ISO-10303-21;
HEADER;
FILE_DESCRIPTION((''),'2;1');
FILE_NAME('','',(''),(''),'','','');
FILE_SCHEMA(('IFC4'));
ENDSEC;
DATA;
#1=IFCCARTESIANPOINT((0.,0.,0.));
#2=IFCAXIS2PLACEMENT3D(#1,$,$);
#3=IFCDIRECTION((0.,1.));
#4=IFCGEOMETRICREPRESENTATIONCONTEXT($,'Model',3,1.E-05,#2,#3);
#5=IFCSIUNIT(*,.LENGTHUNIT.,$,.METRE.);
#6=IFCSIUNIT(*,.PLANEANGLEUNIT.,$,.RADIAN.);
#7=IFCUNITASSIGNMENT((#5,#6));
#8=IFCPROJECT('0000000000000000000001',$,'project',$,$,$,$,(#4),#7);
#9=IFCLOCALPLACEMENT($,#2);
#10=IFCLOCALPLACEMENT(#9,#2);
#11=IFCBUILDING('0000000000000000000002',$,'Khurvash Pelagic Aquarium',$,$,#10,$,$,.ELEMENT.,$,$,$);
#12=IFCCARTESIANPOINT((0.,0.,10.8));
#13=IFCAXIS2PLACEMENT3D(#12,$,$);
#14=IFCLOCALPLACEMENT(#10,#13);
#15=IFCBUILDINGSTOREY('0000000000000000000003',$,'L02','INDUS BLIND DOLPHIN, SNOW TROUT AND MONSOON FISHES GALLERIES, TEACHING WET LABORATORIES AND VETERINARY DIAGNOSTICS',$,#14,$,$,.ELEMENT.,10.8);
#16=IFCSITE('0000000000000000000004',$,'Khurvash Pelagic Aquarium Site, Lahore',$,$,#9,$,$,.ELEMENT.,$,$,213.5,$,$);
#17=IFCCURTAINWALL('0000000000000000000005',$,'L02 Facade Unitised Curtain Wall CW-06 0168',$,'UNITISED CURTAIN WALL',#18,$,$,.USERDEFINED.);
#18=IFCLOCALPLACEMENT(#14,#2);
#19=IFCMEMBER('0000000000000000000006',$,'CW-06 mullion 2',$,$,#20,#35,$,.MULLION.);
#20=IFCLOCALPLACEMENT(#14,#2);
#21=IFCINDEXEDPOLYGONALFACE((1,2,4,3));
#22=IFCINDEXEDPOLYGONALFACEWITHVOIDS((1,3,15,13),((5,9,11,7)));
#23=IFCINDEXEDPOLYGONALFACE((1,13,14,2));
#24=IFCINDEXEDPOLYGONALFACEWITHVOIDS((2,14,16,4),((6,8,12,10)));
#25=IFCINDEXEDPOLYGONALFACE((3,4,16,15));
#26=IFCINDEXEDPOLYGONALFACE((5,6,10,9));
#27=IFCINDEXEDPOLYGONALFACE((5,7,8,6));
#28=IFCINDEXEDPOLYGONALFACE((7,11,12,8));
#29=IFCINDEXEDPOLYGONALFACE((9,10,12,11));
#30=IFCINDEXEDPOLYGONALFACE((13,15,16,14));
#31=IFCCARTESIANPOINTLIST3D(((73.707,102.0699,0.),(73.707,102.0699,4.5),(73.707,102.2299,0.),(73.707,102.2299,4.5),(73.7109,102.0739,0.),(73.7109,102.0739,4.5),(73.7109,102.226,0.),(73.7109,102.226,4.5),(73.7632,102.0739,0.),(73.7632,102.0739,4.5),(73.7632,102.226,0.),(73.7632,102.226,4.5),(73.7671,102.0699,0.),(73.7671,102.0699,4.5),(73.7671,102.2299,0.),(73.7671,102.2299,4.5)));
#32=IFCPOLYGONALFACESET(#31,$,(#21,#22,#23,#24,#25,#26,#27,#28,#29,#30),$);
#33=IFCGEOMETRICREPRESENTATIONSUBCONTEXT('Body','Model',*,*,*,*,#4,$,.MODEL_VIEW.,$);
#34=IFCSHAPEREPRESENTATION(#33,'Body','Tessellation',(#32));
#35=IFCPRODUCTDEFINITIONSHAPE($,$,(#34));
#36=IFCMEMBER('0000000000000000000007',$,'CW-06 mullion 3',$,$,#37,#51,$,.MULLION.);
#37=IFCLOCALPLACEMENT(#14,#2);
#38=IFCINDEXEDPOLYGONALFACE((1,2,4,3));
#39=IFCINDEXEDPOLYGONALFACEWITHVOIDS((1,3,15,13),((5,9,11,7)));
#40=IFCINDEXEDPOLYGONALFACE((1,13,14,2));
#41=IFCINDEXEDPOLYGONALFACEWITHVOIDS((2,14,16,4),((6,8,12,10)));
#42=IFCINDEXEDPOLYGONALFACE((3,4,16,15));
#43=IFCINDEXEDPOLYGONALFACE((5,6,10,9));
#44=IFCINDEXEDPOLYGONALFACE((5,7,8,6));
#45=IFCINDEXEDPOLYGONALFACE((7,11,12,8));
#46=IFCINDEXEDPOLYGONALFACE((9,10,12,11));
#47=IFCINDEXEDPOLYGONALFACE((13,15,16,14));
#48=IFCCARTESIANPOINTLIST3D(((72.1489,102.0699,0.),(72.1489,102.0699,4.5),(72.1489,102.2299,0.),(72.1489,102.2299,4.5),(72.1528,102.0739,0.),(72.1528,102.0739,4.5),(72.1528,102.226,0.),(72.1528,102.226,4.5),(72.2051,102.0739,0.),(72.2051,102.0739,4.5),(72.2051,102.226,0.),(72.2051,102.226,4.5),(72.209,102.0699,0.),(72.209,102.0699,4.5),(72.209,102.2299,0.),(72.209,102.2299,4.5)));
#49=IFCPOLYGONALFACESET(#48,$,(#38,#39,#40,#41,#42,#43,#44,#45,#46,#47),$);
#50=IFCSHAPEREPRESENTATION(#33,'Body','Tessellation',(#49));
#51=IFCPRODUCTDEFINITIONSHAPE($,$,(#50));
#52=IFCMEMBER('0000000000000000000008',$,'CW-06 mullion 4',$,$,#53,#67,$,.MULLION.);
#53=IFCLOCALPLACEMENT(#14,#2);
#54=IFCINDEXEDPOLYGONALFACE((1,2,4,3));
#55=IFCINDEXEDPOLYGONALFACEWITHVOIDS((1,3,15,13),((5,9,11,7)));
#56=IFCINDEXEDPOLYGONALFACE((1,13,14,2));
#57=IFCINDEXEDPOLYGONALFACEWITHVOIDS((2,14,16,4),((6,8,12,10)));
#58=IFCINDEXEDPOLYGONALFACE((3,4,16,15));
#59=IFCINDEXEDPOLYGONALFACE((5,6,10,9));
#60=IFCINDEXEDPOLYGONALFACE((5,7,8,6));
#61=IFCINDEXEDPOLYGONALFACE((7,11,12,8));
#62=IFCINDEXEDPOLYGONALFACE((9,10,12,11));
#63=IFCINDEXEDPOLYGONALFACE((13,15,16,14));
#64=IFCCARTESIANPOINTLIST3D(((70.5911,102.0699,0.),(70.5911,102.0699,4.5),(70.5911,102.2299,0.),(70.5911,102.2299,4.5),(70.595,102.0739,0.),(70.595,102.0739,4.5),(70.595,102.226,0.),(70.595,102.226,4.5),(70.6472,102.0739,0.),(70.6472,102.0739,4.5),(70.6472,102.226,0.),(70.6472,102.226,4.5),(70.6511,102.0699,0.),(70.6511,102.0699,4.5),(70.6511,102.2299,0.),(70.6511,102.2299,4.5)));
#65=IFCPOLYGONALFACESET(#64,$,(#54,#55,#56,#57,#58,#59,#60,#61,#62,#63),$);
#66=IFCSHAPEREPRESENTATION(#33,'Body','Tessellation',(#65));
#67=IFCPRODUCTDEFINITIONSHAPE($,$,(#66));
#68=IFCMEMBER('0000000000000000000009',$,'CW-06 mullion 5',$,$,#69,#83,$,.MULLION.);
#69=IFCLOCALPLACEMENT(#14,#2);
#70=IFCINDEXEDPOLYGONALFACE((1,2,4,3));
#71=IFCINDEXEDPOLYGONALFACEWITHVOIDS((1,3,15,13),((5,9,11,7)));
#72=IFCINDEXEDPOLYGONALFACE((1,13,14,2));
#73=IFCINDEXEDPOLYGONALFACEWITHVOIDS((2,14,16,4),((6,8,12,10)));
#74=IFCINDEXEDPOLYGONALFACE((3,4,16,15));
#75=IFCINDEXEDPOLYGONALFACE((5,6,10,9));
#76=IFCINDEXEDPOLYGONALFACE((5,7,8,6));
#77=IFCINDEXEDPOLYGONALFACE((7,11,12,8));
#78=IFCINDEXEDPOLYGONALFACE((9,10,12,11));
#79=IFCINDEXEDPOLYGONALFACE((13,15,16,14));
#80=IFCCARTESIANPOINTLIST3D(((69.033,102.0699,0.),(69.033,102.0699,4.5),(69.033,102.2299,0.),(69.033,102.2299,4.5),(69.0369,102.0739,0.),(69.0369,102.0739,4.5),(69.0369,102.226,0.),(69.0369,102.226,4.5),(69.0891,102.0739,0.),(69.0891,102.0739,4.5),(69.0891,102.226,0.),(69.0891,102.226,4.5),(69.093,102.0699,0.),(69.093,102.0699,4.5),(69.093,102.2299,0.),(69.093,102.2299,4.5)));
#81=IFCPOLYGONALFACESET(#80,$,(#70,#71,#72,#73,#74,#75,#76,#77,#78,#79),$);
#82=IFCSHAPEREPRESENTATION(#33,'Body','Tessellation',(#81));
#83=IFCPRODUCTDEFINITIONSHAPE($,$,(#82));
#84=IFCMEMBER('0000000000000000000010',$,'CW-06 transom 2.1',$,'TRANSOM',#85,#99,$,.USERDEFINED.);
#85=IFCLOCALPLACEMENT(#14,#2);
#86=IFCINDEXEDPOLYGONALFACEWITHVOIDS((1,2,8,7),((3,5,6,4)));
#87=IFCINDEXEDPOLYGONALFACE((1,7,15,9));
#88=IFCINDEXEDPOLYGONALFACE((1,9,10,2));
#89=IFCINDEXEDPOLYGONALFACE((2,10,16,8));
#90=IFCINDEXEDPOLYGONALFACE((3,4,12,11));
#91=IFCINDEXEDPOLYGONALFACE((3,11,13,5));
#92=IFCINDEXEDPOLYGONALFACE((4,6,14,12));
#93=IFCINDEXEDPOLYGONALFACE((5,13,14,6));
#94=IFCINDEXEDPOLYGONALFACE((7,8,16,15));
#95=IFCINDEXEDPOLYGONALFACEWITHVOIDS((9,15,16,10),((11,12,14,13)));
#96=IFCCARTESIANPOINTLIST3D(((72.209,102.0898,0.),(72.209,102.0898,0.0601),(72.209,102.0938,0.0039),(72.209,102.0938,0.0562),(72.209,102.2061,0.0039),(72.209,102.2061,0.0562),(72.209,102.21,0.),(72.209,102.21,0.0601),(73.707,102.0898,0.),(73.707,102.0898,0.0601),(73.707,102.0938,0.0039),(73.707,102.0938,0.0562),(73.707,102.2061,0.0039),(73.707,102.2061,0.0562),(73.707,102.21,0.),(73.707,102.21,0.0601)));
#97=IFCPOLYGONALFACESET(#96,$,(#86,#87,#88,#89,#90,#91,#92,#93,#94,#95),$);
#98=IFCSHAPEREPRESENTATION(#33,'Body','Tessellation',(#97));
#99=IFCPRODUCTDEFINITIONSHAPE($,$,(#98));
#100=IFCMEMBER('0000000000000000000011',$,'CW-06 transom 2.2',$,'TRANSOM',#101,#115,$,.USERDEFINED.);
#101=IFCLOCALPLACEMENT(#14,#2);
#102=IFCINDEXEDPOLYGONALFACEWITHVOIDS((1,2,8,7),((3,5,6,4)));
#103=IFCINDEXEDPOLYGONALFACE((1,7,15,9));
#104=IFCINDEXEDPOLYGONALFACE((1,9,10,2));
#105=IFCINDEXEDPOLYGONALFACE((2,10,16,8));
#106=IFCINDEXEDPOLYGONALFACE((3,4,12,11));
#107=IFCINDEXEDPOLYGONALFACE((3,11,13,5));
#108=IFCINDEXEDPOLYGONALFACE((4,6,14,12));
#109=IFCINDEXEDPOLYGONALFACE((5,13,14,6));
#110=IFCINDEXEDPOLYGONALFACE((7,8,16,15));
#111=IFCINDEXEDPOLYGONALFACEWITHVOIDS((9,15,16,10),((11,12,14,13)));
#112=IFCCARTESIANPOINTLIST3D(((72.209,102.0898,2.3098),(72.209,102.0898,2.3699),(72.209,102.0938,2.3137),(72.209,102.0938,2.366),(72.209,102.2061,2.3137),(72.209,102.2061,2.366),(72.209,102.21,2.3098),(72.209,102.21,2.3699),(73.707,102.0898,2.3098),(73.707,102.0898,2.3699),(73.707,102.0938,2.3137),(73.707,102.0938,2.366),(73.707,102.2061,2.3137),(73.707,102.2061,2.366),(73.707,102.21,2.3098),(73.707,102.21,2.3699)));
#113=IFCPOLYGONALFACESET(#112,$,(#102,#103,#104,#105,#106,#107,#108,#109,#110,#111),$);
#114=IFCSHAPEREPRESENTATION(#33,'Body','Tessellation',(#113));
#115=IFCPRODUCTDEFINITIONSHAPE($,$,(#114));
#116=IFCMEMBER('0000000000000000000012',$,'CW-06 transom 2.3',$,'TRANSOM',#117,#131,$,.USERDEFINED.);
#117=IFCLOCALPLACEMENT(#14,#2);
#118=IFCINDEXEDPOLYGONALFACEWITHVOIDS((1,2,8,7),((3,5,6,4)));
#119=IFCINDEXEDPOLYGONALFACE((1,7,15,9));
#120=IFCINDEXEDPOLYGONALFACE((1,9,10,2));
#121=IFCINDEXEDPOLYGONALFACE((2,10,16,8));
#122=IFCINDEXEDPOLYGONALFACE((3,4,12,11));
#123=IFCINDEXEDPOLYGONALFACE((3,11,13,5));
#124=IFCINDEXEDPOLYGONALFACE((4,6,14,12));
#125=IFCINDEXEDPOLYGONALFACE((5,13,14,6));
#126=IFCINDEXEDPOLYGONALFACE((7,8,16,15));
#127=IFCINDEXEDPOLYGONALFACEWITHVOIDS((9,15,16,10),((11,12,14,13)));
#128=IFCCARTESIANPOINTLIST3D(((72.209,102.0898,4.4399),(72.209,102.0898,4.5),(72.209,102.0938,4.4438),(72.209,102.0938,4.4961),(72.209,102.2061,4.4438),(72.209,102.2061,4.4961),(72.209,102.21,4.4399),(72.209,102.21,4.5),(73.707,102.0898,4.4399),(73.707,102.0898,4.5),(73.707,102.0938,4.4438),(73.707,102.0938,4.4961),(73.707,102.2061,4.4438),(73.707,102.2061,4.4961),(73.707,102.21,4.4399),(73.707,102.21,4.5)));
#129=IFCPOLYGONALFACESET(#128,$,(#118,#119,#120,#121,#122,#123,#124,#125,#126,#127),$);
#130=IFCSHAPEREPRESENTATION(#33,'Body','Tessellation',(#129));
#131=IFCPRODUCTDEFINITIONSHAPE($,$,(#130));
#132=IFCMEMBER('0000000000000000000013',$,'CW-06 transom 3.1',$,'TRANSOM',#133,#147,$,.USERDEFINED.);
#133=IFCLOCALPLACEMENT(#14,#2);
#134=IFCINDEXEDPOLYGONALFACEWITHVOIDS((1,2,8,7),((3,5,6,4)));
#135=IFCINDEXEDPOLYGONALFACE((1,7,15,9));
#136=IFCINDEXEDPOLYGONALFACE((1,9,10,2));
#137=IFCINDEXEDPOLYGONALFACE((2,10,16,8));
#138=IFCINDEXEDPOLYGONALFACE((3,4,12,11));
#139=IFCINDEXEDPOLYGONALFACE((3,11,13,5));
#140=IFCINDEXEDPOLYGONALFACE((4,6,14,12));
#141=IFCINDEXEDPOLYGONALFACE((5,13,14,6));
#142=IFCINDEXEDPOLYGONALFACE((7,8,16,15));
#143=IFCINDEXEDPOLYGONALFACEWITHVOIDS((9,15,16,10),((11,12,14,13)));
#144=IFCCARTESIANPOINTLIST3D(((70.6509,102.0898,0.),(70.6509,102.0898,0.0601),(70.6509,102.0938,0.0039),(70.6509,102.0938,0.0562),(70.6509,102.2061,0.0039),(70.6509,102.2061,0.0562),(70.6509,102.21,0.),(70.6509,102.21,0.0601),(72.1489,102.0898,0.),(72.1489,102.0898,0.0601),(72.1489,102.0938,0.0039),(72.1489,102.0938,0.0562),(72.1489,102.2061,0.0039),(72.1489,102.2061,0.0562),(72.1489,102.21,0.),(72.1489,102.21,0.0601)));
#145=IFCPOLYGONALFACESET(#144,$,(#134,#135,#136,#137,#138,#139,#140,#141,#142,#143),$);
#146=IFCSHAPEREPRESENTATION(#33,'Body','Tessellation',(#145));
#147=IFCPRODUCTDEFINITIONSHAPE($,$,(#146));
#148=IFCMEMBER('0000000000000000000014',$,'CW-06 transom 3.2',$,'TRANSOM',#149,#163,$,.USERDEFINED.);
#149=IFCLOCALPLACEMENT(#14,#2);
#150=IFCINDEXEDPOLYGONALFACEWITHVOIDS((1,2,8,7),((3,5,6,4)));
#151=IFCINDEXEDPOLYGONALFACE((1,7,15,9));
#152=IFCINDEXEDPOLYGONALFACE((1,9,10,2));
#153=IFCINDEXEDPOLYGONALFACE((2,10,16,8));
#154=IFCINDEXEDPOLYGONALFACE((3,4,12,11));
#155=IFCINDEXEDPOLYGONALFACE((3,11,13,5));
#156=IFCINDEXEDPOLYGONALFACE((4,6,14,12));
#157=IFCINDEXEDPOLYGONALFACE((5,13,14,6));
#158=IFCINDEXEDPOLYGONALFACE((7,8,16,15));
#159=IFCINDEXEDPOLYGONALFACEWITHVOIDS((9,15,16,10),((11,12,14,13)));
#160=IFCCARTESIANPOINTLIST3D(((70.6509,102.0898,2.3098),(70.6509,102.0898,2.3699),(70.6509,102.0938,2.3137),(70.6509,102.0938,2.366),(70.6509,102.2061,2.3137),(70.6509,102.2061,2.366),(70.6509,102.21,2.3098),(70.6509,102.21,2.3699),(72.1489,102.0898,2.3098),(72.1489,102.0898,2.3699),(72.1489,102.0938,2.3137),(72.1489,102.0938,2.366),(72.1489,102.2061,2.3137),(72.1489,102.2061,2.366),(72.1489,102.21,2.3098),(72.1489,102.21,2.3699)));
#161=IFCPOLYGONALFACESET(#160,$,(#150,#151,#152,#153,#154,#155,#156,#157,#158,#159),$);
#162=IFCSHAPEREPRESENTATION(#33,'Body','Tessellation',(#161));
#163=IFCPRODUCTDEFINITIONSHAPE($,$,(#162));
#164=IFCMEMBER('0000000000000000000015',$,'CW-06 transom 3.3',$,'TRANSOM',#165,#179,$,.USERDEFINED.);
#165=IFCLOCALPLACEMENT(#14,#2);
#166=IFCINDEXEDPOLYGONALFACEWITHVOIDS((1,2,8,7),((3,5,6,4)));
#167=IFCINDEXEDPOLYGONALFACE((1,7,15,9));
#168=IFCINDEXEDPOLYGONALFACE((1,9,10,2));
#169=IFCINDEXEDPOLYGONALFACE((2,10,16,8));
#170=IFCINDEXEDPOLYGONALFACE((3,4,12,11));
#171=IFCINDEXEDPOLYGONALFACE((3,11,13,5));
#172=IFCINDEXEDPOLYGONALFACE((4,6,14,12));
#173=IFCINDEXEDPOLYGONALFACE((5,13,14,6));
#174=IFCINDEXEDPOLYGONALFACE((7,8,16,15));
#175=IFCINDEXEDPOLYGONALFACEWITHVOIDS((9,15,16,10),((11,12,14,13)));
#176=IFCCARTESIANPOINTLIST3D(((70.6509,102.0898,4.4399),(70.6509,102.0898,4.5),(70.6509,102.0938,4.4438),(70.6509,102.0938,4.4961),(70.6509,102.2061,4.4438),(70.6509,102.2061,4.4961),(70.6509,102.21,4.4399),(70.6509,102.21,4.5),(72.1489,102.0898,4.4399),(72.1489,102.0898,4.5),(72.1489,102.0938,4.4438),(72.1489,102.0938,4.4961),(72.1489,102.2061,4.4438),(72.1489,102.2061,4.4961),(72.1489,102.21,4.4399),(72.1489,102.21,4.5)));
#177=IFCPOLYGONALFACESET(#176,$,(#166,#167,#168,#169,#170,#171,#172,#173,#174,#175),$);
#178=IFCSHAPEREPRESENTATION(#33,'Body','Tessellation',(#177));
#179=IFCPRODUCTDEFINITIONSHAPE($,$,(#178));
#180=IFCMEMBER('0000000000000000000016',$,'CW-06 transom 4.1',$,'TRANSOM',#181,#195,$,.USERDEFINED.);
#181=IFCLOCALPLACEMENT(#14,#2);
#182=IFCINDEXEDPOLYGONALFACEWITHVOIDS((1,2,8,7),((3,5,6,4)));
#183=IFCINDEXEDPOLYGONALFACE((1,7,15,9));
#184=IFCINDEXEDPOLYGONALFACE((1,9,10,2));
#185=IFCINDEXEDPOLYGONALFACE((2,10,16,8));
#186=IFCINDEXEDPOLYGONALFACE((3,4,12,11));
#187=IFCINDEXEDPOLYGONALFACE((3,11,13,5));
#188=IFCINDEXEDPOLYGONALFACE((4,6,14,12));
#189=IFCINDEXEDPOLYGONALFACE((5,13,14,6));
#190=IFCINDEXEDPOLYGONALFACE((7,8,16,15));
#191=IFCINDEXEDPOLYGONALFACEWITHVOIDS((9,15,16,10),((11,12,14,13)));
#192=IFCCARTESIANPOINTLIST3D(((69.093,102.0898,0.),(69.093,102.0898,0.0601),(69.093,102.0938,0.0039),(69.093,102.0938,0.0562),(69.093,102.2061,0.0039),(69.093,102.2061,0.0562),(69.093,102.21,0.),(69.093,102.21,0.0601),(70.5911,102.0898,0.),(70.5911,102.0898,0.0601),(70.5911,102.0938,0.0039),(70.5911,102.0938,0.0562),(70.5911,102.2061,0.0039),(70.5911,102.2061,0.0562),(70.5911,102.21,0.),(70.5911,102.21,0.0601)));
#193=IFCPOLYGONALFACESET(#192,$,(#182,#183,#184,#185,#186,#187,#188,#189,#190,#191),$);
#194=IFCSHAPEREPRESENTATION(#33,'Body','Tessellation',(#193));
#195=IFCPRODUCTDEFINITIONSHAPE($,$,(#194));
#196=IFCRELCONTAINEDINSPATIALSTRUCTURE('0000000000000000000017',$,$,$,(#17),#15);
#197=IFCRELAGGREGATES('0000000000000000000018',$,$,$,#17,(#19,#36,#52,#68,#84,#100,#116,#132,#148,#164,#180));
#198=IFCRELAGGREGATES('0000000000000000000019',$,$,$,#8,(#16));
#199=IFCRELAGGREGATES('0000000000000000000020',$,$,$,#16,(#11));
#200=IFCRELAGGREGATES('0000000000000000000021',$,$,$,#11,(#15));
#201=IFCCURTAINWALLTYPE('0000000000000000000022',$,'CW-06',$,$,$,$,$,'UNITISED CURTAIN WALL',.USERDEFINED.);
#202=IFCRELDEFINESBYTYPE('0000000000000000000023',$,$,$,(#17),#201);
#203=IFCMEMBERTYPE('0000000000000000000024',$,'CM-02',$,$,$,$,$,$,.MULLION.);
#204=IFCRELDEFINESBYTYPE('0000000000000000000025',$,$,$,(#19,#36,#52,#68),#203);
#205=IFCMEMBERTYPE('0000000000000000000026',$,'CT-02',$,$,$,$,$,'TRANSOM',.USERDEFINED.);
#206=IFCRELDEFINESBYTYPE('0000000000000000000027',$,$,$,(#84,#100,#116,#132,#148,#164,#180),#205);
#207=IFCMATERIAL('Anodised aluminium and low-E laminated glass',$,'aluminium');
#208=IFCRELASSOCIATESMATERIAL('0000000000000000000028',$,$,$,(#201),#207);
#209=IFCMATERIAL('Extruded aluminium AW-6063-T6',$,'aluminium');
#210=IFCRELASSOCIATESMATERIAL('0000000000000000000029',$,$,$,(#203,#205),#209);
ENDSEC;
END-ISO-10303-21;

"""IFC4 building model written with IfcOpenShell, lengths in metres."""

from ifc_helpers import new_model, si_unit, direction, frame, origin, origin_2d, place, context, subcontext, project, spatial, hollow_rectangle, extrude, material, material_profile, profile_set, type_object, element, aggregate, save


model = new_model("IFC4")

# Units and contexts
model_context = context("Model", 3, precision=1e-05, world=origin(), true_north=direction((0.0, 1.0)))
body_context = subcontext(model_context, "Body", "Model", "MODEL_VIEW")
ifc_project = project(units=[si_unit("LENGTHUNIT", "METRE"), si_unit("PLANEANGLEUNIT", "RADIAN")], contexts=[model_context])

# Site, building, storey
site_placement = place(None, origin())
site = spatial("IfcSite", under=ifc_project, at=site_placement, Name="Khurvash Pelagic Aquarium Site, Lahore", CompositionType="ELEMENT", RefElevation=213.5)
building_placement = place(site_placement, origin())
building = spatial("IfcBuilding", under=site, at=building_placement, Name="Khurvash Pelagic Aquarium", CompositionType="ELEMENT")
storey_placement = place(building_placement, frame((0.0, 0.0, 10.8)))
storey = spatial("IfcBuildingStorey", under=building, at=storey_placement, Name="L02", Description="INDUS BLIND DOLPHIN, SNOW TROUT AND MONSOON FISHES GALLERIES, TEACHING WET LABORATORIES AND VETERINARY DIAGNOSTICS", CompositionType="ELEMENT", Elevation=10.8)

# Curtain wall, members
ifc_material_1 = material(Name="Anodised aluminium and low-E laminated glass", Category="aluminium")
curtain_wall_type = type_object("IfcCurtainWallType", Name="CW-06", ElementType="UNITISED CURTAIN WALL", PredefinedType="USERDEFINED", material=ifc_material_1)
curtain_wall_placement = place(storey_placement, origin())
curtain_wall = element("IfcCurtainWall", 1, at=curtain_wall_placement, inside=storey, type_object=curtain_wall_type, Name="L02 Facade Unitised Curtain Wall CW-06 0168", ObjectType="UNITISED CURTAIN WALL", PredefinedType="USERDEFINED")
ifc_material_2 = material(Name="Extruded aluminium AW-6063-T6", Category="aluminium")
ifc_material_profile_1 = material_profile(ifc_material_2, hollow_rectangle(XDim=0.0601, YDim=0.1599, WallThickness=0.0039, at=origin_2d()), Name="CWM60X160X4")
ifc_profile_set_1 = profile_set([ifc_material_profile_1], Name="Extruded aluminium AW-6063-T6")
member_type_1 = type_object("IfcMemberType", Name="CM-02", PredefinedType="MULLION", material=ifc_profile_set_1)
member_1_placement = place(storey_placement, frame((73.7371, 102.1499, 0.0), z_axis=(0.0, 0.0, 1.0), x_axis=(-1.0, 0.0, 0.0)))
member_1 = element("IfcMember", 2, at=member_1_placement, type_object=member_type_1, Name="CW-06 mullion 2", PredefinedType="MULLION", context=body_context, shape_type="SweptSolid", body=[
    extrude(hollow_rectangle(XDim=0.0601, YDim=0.1599, WallThickness=0.0039, at=origin_2d()), origin(), (0.0, 0.0, 1.0), 4.5),
])
member_2_placement = place(storey_placement, frame((72.179, 102.1499, 0.0), z_axis=(0.0, 0.0, 1.0), x_axis=(-1.0, 0.0, 0.0)))
member_2 = element("IfcMember", 3, at=member_2_placement, type_object=member_type_1, Name="CW-06 mullion 3", PredefinedType="MULLION", context=body_context, shape_type="SweptSolid", body=[
    extrude(hollow_rectangle(XDim=0.0601, YDim=0.1599, WallThickness=0.0039, at=origin_2d()), origin(), (0.0, 0.0, 1.0), 4.5),
])
member_3_placement = place(storey_placement, frame((70.6211, 102.1499, 0.0), z_axis=(0.0, 0.0, 1.0), x_axis=(-1.0, 0.0, 0.0)))
member_3 = element("IfcMember", 4, at=member_3_placement, type_object=member_type_1, Name="CW-06 mullion 4", PredefinedType="MULLION", context=body_context, shape_type="SweptSolid", body=[
    extrude(hollow_rectangle(XDim=0.0601, YDim=0.1599, WallThickness=0.0039, at=origin_2d()), origin(), (0.0, 0.0, 1.0), 4.5),
])
member_4_placement = place(storey_placement, frame((69.063, 102.1499, 0.0), z_axis=(0.0, 0.0, 1.0), x_axis=(-1.0, 0.0, 0.0)))
member_4 = element("IfcMember", 5, at=member_4_placement, type_object=member_type_1, Name="CW-06 mullion 5", PredefinedType="MULLION", context=body_context, shape_type="SweptSolid", body=[
    extrude(hollow_rectangle(XDim=0.0601, YDim=0.1599, WallThickness=0.0039, at=origin_2d()), origin(), (0.0, 0.0, 1.0), 4.5),
])
ifc_material_profile_2 = material_profile(ifc_material_2, hollow_rectangle(XDim=0.1201, YDim=0.0601, WallThickness=0.0039, at=origin_2d()), Name="CWT120X60X4")
ifc_profile_set_2 = profile_set([ifc_material_profile_2], Name="Extruded aluminium AW-6063-T6")
member_type_2 = type_object("IfcMemberType", Name="CT-02", ElementType="TRANSOM", PredefinedType="USERDEFINED", material=ifc_profile_set_2)
member_5_placement = place(storey_placement, frame((73.707, 102.1499, 0.03), z_axis=(-1.0, 0.0, 0.0), x_axis=(0.0, -1.0, 0.0)))
member_5 = element("IfcMember", 6, at=member_5_placement, type_object=member_type_2, Name="CW-06 transom 2.1", ObjectType="TRANSOM", PredefinedType="USERDEFINED", context=body_context, shape_type="SweptSolid", body=[
    extrude(hollow_rectangle(XDim=0.1201, YDim=0.0601, WallThickness=0.0039, at=origin_2d()), origin(), (0.0, 0.0, 1.0), 1.498),
])
member_6_placement = place(storey_placement, frame((73.707, 102.1499, 2.3398), z_axis=(-1.0, 0.0, 0.0), x_axis=(0.0, -1.0, 0.0)))
member_6 = element("IfcMember", 7, at=member_6_placement, type_object=member_type_2, Name="CW-06 transom 2.2", ObjectType="TRANSOM", PredefinedType="USERDEFINED", context=body_context, shape_type="SweptSolid", body=[
    extrude(hollow_rectangle(XDim=0.1201, YDim=0.0601, WallThickness=0.0039, at=origin_2d()), origin(), (0.0, 0.0, 1.0), 1.498),
])
member_7_placement = place(storey_placement, frame((73.707, 102.1499, 4.47), z_axis=(-1.0, 0.0, 0.0), x_axis=(0.0, -1.0, 0.0)))
member_7 = element("IfcMember", 8, at=member_7_placement, type_object=member_type_2, Name="CW-06 transom 2.3", ObjectType="TRANSOM", PredefinedType="USERDEFINED", context=body_context, shape_type="SweptSolid", body=[
    extrude(hollow_rectangle(XDim=0.1201, YDim=0.0601, WallThickness=0.0039, at=origin_2d()), origin(), (0.0, 0.0, 1.0), 1.498),
])
member_8_placement = place(storey_placement, frame((72.1489, 102.1499, 0.03), z_axis=(-1.0, 0.0, 0.0), x_axis=(0.0, -1.0, 0.0)))
member_8 = element("IfcMember", 9, at=member_8_placement, type_object=member_type_2, Name="CW-06 transom 3.1", ObjectType="TRANSOM", PredefinedType="USERDEFINED", context=body_context, shape_type="SweptSolid", body=[
    extrude(hollow_rectangle(XDim=0.1201, YDim=0.0601, WallThickness=0.0039, at=origin_2d()), origin(), (0.0, 0.0, 1.0), 1.498),
])
member_9_placement = place(storey_placement, frame((72.1489, 102.1499, 2.3398), z_axis=(-1.0, 0.0, 0.0), x_axis=(0.0, -1.0, 0.0)))
member_9 = element("IfcMember", 10, at=member_9_placement, type_object=member_type_2, Name="CW-06 transom 3.2", ObjectType="TRANSOM", PredefinedType="USERDEFINED", context=body_context, shape_type="SweptSolid", body=[
    extrude(hollow_rectangle(XDim=0.1201, YDim=0.0601, WallThickness=0.0039, at=origin_2d()), origin(), (0.0, 0.0, 1.0), 1.498),
])
member_10_placement = place(storey_placement, frame((72.1489, 102.1499, 4.47), z_axis=(-1.0, 0.0, 0.0), x_axis=(0.0, -1.0, 0.0)))
member_10 = element("IfcMember", 11, at=member_10_placement, type_object=member_type_2, Name="CW-06 transom 3.3", ObjectType="TRANSOM", PredefinedType="USERDEFINED", context=body_context, shape_type="SweptSolid", body=[
    extrude(hollow_rectangle(XDim=0.1201, YDim=0.0601, WallThickness=0.0039, at=origin_2d()), origin(), (0.0, 0.0, 1.0), 1.498),
])
member_11_placement = place(storey_placement, frame((70.5911, 102.1499, 0.03), z_axis=(-1.0, 0.0, 0.0), x_axis=(0.0, -1.0, 0.0)))
member_11 = element("IfcMember", 12, at=member_11_placement, type_object=member_type_2, Name="CW-06 transom 4.1", ObjectType="TRANSOM", PredefinedType="USERDEFINED", context=body_context, shape_type="SweptSolid", body=[
    extrude(hollow_rectangle(XDim=0.1201, YDim=0.0601, WallThickness=0.0039, at=origin_2d()), origin(), (0.0, 0.0, 1.0), 1.498),
])
aggregate(curtain_wall, [member_1, member_2, member_3, member_4, member_5, member_6, member_7, member_8, member_9, member_10, member_11])

save(model, "model.ifc")
